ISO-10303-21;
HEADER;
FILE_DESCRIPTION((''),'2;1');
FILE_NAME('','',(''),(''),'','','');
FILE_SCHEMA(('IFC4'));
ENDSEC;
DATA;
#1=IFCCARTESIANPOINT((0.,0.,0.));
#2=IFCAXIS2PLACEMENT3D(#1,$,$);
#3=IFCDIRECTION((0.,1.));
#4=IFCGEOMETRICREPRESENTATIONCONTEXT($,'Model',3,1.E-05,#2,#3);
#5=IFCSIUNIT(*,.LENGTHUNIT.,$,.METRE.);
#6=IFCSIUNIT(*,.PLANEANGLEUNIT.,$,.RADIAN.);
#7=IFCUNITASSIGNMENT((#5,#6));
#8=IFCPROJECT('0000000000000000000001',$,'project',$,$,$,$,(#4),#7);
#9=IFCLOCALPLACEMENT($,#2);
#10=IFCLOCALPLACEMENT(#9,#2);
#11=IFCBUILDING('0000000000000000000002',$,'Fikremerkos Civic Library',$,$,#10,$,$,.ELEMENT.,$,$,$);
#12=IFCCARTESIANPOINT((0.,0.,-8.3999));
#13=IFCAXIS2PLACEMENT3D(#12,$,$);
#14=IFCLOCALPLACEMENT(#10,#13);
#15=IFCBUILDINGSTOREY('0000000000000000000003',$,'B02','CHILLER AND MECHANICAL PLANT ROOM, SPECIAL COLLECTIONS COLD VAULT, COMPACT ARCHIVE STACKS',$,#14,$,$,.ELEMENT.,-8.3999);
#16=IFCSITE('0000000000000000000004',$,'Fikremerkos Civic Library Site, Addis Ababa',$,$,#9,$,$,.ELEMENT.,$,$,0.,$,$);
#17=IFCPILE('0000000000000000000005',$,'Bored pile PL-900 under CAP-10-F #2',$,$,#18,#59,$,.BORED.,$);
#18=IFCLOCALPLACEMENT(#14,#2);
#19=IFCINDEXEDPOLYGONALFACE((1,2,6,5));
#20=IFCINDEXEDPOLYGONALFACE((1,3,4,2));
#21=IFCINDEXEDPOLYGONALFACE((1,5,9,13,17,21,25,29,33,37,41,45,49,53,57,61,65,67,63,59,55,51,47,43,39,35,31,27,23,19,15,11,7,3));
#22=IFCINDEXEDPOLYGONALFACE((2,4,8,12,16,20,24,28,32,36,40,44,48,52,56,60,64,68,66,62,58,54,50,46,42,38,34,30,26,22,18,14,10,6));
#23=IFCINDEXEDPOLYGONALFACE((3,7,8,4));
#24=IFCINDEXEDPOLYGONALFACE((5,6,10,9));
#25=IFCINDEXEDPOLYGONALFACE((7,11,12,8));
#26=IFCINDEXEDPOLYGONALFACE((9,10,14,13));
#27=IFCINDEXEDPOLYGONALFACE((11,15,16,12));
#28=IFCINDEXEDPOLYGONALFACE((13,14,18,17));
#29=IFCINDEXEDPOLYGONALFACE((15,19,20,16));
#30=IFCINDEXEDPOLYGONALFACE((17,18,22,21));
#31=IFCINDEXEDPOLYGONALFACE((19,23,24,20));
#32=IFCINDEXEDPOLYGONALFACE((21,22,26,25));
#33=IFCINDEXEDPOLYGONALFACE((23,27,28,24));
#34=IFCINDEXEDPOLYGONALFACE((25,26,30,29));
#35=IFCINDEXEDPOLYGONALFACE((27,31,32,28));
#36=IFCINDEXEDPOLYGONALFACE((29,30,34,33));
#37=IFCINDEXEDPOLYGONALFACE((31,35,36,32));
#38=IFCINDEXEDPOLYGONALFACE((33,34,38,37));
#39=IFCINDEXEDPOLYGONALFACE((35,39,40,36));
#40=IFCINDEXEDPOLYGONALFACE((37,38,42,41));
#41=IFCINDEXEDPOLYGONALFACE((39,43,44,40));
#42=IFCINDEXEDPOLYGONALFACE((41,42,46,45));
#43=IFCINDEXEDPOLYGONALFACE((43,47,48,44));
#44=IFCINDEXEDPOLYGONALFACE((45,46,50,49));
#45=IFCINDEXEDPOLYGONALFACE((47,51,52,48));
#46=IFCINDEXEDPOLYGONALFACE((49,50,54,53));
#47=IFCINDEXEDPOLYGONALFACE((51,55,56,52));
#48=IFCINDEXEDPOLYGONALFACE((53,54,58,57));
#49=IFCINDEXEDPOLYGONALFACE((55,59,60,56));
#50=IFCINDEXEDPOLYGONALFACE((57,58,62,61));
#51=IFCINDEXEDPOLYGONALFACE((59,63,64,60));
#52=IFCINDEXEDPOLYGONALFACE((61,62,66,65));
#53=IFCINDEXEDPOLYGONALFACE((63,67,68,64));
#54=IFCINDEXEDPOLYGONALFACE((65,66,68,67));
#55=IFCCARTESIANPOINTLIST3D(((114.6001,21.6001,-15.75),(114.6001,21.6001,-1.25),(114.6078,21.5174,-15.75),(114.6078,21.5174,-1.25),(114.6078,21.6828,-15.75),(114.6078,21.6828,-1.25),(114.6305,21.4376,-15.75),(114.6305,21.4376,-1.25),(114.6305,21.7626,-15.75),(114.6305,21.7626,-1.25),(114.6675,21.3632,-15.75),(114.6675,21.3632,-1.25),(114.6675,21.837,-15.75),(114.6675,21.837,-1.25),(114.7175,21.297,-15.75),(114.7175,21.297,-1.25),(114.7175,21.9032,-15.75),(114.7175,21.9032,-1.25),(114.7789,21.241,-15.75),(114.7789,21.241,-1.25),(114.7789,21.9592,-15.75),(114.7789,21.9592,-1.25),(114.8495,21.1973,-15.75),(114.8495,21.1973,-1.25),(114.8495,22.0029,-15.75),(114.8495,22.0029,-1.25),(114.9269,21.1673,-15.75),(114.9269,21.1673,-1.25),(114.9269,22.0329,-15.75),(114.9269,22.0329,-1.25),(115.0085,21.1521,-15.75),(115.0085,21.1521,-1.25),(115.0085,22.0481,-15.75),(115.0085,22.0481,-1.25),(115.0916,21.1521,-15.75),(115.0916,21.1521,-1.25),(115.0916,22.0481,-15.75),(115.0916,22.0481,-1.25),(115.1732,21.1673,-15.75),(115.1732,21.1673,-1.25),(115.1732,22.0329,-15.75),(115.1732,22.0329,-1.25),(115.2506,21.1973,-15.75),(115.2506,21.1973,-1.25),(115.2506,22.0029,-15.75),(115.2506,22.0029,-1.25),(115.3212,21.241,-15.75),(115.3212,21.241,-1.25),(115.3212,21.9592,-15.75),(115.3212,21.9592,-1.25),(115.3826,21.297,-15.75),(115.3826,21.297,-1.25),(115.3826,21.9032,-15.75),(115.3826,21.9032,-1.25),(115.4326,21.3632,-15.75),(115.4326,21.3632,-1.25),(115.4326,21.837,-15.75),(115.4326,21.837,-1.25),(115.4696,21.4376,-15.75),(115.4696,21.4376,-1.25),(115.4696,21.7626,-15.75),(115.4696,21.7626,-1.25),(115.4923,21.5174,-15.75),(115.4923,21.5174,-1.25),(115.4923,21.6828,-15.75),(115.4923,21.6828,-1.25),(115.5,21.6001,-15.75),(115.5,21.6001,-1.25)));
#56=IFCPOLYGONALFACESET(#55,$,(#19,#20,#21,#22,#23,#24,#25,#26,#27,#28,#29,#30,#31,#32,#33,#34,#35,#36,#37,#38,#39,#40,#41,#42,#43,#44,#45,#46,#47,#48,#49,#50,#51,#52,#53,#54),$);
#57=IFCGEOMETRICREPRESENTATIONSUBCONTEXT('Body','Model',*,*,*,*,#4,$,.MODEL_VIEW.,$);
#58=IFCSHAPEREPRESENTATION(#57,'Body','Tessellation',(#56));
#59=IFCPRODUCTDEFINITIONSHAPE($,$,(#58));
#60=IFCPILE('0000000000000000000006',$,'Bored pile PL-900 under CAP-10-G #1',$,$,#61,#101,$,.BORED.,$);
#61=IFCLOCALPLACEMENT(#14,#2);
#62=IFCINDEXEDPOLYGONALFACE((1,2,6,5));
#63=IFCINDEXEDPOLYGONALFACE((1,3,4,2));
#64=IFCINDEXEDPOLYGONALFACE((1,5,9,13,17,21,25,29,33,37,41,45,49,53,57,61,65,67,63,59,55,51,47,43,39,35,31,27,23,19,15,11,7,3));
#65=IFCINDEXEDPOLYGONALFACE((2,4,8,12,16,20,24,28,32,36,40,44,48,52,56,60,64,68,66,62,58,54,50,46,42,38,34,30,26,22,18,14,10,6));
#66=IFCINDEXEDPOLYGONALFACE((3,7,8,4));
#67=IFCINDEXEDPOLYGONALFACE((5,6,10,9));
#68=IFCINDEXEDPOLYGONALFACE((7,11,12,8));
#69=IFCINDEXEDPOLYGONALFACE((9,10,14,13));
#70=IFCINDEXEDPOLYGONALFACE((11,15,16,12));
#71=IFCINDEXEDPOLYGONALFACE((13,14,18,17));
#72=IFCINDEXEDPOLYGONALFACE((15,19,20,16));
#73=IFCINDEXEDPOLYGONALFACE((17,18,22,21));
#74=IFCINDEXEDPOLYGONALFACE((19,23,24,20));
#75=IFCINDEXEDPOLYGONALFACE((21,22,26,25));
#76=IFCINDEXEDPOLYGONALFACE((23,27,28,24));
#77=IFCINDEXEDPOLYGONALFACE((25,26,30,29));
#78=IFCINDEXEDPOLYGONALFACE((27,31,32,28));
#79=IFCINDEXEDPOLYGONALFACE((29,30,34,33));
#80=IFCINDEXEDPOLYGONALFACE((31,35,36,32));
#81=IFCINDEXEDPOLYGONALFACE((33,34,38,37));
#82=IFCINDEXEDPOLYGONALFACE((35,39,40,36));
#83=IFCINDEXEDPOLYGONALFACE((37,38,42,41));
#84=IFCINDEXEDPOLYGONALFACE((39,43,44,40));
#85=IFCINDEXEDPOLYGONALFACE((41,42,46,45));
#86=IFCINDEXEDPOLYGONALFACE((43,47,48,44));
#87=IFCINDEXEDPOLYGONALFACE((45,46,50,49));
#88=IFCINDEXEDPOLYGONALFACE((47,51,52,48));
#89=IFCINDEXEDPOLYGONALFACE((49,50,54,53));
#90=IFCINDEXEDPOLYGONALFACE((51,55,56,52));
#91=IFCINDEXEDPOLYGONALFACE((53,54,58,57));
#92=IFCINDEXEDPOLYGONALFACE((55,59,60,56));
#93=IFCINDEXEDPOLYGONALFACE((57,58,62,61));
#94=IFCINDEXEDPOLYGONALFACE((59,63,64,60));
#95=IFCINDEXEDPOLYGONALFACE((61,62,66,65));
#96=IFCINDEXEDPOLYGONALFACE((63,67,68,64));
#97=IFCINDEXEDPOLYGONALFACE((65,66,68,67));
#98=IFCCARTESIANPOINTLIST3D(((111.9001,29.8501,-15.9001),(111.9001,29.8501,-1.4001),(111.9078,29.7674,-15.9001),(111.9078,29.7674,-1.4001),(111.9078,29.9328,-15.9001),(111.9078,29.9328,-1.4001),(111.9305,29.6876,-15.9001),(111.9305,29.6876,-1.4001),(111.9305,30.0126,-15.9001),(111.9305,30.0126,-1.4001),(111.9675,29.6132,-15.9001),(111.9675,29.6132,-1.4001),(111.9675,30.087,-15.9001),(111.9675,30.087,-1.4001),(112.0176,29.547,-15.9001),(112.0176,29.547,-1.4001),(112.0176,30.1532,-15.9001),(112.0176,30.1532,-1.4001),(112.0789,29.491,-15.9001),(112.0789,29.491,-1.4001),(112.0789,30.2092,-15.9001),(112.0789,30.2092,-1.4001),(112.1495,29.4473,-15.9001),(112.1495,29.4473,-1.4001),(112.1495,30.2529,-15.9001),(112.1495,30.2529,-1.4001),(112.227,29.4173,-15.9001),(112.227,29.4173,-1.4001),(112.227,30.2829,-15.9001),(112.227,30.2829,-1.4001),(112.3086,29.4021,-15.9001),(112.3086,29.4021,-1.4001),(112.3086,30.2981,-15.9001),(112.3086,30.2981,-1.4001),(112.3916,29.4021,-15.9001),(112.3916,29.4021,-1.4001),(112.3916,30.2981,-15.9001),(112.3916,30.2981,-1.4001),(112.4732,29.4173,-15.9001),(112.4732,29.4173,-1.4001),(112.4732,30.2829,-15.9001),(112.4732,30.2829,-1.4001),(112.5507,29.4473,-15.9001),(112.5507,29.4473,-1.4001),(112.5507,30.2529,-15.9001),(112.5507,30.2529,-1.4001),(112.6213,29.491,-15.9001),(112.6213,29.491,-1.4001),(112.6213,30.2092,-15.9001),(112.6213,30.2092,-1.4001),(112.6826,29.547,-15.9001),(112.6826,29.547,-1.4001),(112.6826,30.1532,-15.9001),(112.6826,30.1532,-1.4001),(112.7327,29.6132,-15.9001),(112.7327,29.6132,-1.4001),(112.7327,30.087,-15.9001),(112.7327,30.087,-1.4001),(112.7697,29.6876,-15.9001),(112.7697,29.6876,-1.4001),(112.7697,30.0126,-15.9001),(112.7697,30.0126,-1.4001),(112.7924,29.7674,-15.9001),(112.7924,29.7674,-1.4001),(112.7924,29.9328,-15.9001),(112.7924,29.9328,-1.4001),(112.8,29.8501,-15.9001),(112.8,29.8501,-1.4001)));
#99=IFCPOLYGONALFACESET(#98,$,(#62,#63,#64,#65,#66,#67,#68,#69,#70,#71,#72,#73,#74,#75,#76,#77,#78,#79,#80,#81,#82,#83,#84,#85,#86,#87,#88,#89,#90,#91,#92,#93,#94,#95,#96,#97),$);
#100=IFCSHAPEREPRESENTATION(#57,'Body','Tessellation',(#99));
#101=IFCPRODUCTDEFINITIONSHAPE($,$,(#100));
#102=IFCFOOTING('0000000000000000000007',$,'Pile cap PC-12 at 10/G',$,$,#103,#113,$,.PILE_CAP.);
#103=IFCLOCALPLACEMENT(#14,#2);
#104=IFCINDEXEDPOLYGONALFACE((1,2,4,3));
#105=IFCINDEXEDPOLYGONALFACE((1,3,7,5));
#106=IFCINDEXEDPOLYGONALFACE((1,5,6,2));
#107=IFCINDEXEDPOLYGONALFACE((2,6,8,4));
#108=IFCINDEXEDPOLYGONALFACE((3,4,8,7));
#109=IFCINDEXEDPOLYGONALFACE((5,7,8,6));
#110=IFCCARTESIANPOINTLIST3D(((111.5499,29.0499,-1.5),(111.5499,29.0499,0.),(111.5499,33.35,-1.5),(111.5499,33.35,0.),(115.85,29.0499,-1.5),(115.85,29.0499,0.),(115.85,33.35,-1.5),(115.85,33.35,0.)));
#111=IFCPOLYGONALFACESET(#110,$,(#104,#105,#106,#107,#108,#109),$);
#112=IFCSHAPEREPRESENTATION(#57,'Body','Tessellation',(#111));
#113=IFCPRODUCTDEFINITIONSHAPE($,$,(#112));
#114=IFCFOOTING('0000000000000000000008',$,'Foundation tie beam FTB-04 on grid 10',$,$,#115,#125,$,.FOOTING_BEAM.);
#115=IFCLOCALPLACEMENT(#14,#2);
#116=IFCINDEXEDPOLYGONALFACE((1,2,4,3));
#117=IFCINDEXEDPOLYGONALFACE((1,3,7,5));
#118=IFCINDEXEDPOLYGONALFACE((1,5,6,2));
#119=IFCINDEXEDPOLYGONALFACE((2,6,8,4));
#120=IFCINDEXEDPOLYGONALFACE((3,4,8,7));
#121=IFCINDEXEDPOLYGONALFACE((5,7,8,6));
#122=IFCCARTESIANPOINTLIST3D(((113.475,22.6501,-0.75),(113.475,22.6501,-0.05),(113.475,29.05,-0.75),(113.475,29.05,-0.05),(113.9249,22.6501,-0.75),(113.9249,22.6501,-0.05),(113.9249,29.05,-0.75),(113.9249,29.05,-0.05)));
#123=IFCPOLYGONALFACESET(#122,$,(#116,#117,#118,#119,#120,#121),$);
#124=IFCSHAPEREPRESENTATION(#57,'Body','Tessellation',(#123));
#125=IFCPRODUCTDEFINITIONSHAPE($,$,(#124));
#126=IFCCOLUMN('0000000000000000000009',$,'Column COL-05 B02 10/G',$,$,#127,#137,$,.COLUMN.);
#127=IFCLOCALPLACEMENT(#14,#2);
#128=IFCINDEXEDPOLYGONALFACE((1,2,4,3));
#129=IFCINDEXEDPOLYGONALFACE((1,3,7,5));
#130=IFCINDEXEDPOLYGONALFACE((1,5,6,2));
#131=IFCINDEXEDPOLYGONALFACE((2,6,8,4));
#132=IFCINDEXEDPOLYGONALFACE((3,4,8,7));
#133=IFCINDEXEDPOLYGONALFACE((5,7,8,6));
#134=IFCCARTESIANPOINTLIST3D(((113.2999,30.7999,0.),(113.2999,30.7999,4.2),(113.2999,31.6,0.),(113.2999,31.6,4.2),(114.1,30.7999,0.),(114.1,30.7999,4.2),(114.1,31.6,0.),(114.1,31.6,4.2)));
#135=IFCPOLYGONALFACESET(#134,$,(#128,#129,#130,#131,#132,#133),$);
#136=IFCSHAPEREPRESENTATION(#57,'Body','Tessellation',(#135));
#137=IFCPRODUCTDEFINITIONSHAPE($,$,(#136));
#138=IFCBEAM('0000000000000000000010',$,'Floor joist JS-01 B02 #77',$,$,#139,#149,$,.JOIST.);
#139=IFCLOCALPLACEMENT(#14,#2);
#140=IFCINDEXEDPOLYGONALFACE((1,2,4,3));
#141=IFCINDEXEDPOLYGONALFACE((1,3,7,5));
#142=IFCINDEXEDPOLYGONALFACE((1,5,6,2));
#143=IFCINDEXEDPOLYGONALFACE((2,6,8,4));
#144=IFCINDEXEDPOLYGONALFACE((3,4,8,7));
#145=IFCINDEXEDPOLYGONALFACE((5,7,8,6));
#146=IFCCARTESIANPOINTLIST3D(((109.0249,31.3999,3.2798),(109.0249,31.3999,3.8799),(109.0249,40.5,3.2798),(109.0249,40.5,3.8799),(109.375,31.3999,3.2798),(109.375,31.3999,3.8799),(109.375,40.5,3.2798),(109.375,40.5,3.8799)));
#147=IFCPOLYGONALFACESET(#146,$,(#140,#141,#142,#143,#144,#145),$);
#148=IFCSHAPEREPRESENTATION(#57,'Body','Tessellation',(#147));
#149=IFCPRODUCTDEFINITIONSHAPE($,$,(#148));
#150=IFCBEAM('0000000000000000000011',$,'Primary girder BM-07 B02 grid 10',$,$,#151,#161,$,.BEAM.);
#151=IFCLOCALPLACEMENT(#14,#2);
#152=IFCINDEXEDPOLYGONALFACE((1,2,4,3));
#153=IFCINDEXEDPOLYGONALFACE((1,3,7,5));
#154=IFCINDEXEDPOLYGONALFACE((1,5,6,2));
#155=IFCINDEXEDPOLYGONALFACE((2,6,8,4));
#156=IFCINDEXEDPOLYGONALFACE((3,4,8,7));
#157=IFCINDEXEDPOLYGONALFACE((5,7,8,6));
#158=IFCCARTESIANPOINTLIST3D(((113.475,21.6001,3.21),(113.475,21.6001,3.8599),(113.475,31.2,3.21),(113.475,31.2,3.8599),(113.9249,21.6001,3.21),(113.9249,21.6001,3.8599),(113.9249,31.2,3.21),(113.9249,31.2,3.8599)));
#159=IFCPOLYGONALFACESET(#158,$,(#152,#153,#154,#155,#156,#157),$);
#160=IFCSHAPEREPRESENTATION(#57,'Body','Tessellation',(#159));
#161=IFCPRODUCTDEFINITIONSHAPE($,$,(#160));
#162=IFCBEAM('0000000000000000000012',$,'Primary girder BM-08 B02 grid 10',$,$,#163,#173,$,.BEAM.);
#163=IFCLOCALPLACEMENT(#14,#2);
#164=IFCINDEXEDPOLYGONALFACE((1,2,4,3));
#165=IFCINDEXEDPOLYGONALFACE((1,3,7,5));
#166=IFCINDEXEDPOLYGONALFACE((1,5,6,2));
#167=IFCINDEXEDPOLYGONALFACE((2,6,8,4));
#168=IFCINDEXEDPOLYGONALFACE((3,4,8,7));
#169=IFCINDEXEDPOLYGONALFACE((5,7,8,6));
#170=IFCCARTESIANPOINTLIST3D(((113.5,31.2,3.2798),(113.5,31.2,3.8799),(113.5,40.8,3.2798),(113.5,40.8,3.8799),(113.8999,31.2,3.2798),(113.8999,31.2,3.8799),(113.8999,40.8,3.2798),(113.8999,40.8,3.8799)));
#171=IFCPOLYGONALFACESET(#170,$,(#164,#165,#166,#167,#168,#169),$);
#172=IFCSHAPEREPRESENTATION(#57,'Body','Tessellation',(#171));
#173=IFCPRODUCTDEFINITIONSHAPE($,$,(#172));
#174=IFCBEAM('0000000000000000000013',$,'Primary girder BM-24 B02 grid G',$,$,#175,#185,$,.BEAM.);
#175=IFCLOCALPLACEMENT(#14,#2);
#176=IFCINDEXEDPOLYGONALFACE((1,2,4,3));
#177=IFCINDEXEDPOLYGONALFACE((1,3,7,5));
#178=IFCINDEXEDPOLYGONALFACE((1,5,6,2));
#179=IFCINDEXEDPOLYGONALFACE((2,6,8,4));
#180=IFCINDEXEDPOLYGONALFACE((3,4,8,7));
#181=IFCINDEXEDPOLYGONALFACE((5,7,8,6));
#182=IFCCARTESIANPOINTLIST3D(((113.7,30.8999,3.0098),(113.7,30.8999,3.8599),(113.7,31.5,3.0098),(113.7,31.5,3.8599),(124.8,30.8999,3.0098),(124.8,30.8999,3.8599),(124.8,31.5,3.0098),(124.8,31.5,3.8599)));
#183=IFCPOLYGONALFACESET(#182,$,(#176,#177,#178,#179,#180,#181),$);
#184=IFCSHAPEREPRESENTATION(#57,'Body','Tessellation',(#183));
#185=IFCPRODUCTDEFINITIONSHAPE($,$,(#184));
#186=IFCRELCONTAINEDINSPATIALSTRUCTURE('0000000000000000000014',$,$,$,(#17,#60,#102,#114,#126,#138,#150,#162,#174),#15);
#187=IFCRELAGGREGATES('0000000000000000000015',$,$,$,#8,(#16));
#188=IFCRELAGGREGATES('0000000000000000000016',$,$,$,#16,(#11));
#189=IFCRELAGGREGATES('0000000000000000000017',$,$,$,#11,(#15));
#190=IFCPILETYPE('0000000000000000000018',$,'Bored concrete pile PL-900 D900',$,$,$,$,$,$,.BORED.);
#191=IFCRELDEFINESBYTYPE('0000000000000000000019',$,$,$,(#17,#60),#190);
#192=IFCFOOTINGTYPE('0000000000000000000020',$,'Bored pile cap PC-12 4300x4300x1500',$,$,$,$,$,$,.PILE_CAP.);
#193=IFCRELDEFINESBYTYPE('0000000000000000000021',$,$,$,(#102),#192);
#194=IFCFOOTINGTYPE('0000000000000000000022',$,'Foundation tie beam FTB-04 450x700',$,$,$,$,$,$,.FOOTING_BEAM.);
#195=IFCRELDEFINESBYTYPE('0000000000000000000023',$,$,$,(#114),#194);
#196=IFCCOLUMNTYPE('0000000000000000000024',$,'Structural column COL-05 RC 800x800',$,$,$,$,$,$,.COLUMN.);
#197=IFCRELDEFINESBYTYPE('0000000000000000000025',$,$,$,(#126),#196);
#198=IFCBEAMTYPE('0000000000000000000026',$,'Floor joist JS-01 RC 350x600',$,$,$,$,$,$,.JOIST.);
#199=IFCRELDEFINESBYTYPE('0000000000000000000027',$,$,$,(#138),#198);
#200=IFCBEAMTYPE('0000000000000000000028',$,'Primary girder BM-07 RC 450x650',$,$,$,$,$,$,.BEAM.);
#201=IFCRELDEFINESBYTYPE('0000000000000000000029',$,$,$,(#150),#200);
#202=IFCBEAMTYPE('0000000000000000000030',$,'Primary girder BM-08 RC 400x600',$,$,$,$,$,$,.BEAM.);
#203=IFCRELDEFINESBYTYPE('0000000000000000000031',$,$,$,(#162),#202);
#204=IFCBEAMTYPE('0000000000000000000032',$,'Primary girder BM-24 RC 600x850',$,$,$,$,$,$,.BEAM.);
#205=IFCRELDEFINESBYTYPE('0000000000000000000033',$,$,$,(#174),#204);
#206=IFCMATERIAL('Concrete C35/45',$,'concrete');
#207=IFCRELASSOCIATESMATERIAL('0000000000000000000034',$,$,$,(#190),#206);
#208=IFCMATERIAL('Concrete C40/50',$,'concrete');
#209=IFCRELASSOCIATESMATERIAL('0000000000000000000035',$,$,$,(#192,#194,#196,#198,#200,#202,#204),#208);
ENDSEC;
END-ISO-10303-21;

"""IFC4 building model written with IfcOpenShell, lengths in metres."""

from ifc_helpers import new_model, si_unit, direction, frame, origin, origin_2d, place, context, subcontext, project, spatial, rectangle, circle, extrude, material, material_profile, profile_set, type_object, element, save


model = new_model("IFC4")

# Units and contexts
model_context = context("Model", 3, precision=1e-05, world=origin(), true_north=direction((0.0, 1.0)))
body_context = subcontext(model_context, "Body", "Model", "MODEL_VIEW")
ifc_project = project(units=[si_unit("LENGTHUNIT", "METRE"), si_unit("PLANEANGLEUNIT", "RADIAN")], contexts=[model_context])

# Site, building, storey
site_placement = place(None, origin())
site = spatial("IfcSite", under=ifc_project, at=site_placement, Name="Fikremerkos Civic Library Site, Addis Ababa", CompositionType="ELEMENT", RefElevation=0.0)
building_placement = place(site_placement, origin())
building = spatial("IfcBuilding", under=site, at=building_placement, Name="Fikremerkos Civic Library", CompositionType="ELEMENT")
storey_placement = place(building_placement, frame((0.0, 0.0, -8.3999)))
storey = spatial("IfcBuildingStorey", under=building, at=storey_placement, Name="B02", Description="CHILLER AND MECHANICAL PLANT ROOM, SPECIAL COLLECTIONS COLD VAULT, COMPACT ARCHIVE STACKS", CompositionType="ELEMENT", Elevation=-8.3999)

# Piles
ifc_material_1 = material(Name="Concrete C35/45", Category="concrete")
ifc_material_profile_1 = material_profile(ifc_material_1, circle(Radius=0.45, at=origin_2d()), Name="BORED PILE 900")
ifc_profile_set_1 = profile_set([ifc_material_profile_1], Name="Concrete C35/45")
pile_type = type_object("IfcPileType", Name="Bored concrete pile PL-900 D900", PredefinedType="BORED", material=ifc_profile_set_1)
for number, where, z_axis, x_axis, name in (
    (1, (115.05, 21.6001, -1.25), (0.0, 0.0, -1.0), (1.0, 0.0, 0.0), "Bored pile PL-900 under CAP-10-F #2"),
    (2, (112.3501, 29.8501, -1.4001), (0.0, 0.0, -1.0), (1.0, 0.0, 0.0), "Bored pile PL-900 under CAP-10-G #1"),
):
    element("IfcPile", number, at=place(storey_placement, frame(where, z_axis=z_axis, x_axis=x_axis)), inside=storey, type_object=pile_type, Name=name, PredefinedType="BORED", context=body_context, shape_type="SweptSolid", body=[
        extrude(circle(Radius=0.45, at=origin_2d()), origin(), (0.0, 0.0, 1.0), 14.5),
    ])

# Footings
ifc_material_2 = material(Name="Concrete C40/50", Category="concrete")
footing_type_1 = type_object("IfcFootingType", Name="Bored pile cap PC-12 4300x4300x1500", PredefinedType="PILE_CAP", material=ifc_material_2)
footing_1_placement = place(storey_placement, frame((113.7, 31.2, -1.5), z_axis=(0.0, 0.0, 1.0), x_axis=(1.0, 0.0, 0.0)))
element("IfcFooting", 3, at=footing_1_placement, inside=storey, type_object=footing_type_1, Name="Pile cap PC-12 at 10/G", PredefinedType="PILE_CAP", context=body_context, shape_type="SweptSolid", body=[
    extrude(rectangle(XDim=4.3, YDim=4.3, at=origin_2d()), origin(), (0.0, 0.0, 1.0), 1.5),
])
footing_type_2 = type_object("IfcFootingType", Name="Foundation tie beam FTB-04 450x700", PredefinedType="FOOTING_BEAM", material=ifc_material_2)
footing_2_placement = place(storey_placement, frame((113.7, 25.8501, -0.75), z_axis=(0.0, 0.0, 1.0), x_axis=(0.0, 1.0, 0.0)))
element("IfcFooting", 4, at=footing_2_placement, inside=storey, type_object=footing_type_2, Name="Foundation tie beam FTB-04 on grid 10", PredefinedType="FOOTING_BEAM", context=body_context, shape_type="SweptSolid", body=[
    extrude(rectangle(XDim=6.3999, YDim=0.45, at=origin_2d()), origin(), (0.0, 0.0, 1.0), 0.7),
])

# Column
ifc_material_profile_2 = material_profile(ifc_material_2, rectangle(XDim=0.8, YDim=0.8, at=origin_2d()), Name="RC 800x800")
ifc_profile_set_2 = profile_set([ifc_material_profile_2], Name="Concrete C40/50")
column_type = type_object("IfcColumnType", Name="Structural column COL-05 RC 800x800", PredefinedType="COLUMN", material=ifc_profile_set_2)
column_placement = place(storey_placement, frame((113.7, 31.2, 0.0), z_axis=(0.0, 0.0, 1.0), x_axis=(1.0, 0.0, 0.0)))
element("IfcColumn", 5, at=column_placement, inside=storey, type_object=column_type, Name="Column COL-05 B02 10/G", PredefinedType="COLUMN", context=body_context, shape_type="SweptSolid", body=[
    extrude(rectangle(XDim=0.8, YDim=0.8, at=origin_2d()), origin(), (0.0, 0.0, 1.0), 4.2),
])

# Beams
ifc_material_profile_3 = material_profile(ifc_material_2, rectangle(XDim=0.3501, YDim=0.6001, at=origin_2d()), Name="RC 350x600")
ifc_profile_set_3 = profile_set([ifc_material_profile_3], Name="Concrete C40/50")
beam_type_1 = type_object("IfcBeamType", Name="Floor joist JS-01 RC 350x600", PredefinedType="JOIST", material=ifc_profile_set_3)
beam_1_placement = place(storey_placement, frame((109.2, 31.3999, 3.5798), z_axis=(0.0, 1.0, 0.0), x_axis=(-1.0, 0.0, 0.0)))
element("IfcBeam", 6, at=beam_1_placement, inside=storey, type_object=beam_type_1, Name="Floor joist JS-01 B02 #77", PredefinedType="JOIST", context=body_context, shape_type="SweptSolid", body=[
    extrude(rectangle(XDim=0.3501, YDim=0.6001, at=origin_2d()), origin(), (0.0, 0.0, 1.0), 9.1001),
])
ifc_material_profile_4 = material_profile(ifc_material_2, rectangle(XDim=0.45, YDim=0.6499, at=origin_2d()), Name="RC 450x650")
ifc_profile_set_4 = profile_set([ifc_material_profile_4], Name="Concrete C40/50")
beam_type_2 = type_object("IfcBeamType", Name="Primary girder BM-07 RC 450x650", PredefinedType="BEAM", material=ifc_profile_set_4)
beam_2_placement = place(storey_placement, frame((113.7, 21.6001, 3.5349), z_axis=(0.0, 1.0, 0.0), x_axis=(-1.0, 0.0, 0.0)))
element("IfcBeam", 7, at=beam_2_placement, inside=storey, type_object=beam_type_2, Name="Primary girder BM-07 B02 grid 10", PredefinedType="BEAM", context=body_context, shape_type="SweptSolid", body=[
    extrude(rectangle(XDim=0.45, YDim=0.6499, at=origin_2d()), origin(), (0.0, 0.0, 1.0), 9.5999),
])
ifc_material_profile_5 = material_profile(ifc_material_2, rectangle(XDim=0.3999, YDim=0.6001, at=origin_2d()), Name="RC 400x600")
ifc_profile_set_5 = profile_set([ifc_material_profile_5], Name="Concrete C40/50")
beam_type_3 = type_object("IfcBeamType", Name="Primary girder BM-08 RC 400x600", PredefinedType="BEAM", material=ifc_profile_set_5)
beam_3_placement = place(storey_placement, frame((113.7, 31.2, 3.5798), z_axis=(0.0, 1.0, 0.0), x_axis=(-1.0, 0.0, 0.0)))
element("IfcBeam", 8, at=beam_3_placement, inside=storey, type_object=beam_type_3, Name="Primary girder BM-08 B02 grid 10", PredefinedType="BEAM", context=body_context, shape_type="SweptSolid", body=[
    extrude(rectangle(XDim=0.3999, YDim=0.6001, at=origin_2d()), origin(), (0.0, 0.0, 1.0), 9.6001),
])
ifc_material_profile_6 = material_profile(ifc_material_2, rectangle(XDim=0.6001, YDim=0.8501, at=origin_2d()), Name="RC 600x850")
ifc_profile_set_6 = profile_set([ifc_material_profile_6], Name="Concrete C40/50")
beam_type_4 = type_object("IfcBeamType", Name="Primary girder BM-24 RC 600x850", PredefinedType="BEAM", material=ifc_profile_set_6)
beam_4_placement = place(storey_placement, frame((113.7, 31.2, 3.4348), z_axis=(1.0, 0.0, 0.0), x_axis=(0.0, 1.0, 0.0)))
element("IfcBeam", 9, at=beam_4_placement, inside=storey, type_object=beam_type_4, Name="Primary girder BM-24 B02 grid G", PredefinedType="BEAM", context=body_context, shape_type="SweptSolid", body=[
    extrude(rectangle(XDim=0.6001, YDim=0.8501, at=origin_2d()), origin(), (0.0, 0.0, 1.0), 11.1001),
])

save(model, "model.ifc")
